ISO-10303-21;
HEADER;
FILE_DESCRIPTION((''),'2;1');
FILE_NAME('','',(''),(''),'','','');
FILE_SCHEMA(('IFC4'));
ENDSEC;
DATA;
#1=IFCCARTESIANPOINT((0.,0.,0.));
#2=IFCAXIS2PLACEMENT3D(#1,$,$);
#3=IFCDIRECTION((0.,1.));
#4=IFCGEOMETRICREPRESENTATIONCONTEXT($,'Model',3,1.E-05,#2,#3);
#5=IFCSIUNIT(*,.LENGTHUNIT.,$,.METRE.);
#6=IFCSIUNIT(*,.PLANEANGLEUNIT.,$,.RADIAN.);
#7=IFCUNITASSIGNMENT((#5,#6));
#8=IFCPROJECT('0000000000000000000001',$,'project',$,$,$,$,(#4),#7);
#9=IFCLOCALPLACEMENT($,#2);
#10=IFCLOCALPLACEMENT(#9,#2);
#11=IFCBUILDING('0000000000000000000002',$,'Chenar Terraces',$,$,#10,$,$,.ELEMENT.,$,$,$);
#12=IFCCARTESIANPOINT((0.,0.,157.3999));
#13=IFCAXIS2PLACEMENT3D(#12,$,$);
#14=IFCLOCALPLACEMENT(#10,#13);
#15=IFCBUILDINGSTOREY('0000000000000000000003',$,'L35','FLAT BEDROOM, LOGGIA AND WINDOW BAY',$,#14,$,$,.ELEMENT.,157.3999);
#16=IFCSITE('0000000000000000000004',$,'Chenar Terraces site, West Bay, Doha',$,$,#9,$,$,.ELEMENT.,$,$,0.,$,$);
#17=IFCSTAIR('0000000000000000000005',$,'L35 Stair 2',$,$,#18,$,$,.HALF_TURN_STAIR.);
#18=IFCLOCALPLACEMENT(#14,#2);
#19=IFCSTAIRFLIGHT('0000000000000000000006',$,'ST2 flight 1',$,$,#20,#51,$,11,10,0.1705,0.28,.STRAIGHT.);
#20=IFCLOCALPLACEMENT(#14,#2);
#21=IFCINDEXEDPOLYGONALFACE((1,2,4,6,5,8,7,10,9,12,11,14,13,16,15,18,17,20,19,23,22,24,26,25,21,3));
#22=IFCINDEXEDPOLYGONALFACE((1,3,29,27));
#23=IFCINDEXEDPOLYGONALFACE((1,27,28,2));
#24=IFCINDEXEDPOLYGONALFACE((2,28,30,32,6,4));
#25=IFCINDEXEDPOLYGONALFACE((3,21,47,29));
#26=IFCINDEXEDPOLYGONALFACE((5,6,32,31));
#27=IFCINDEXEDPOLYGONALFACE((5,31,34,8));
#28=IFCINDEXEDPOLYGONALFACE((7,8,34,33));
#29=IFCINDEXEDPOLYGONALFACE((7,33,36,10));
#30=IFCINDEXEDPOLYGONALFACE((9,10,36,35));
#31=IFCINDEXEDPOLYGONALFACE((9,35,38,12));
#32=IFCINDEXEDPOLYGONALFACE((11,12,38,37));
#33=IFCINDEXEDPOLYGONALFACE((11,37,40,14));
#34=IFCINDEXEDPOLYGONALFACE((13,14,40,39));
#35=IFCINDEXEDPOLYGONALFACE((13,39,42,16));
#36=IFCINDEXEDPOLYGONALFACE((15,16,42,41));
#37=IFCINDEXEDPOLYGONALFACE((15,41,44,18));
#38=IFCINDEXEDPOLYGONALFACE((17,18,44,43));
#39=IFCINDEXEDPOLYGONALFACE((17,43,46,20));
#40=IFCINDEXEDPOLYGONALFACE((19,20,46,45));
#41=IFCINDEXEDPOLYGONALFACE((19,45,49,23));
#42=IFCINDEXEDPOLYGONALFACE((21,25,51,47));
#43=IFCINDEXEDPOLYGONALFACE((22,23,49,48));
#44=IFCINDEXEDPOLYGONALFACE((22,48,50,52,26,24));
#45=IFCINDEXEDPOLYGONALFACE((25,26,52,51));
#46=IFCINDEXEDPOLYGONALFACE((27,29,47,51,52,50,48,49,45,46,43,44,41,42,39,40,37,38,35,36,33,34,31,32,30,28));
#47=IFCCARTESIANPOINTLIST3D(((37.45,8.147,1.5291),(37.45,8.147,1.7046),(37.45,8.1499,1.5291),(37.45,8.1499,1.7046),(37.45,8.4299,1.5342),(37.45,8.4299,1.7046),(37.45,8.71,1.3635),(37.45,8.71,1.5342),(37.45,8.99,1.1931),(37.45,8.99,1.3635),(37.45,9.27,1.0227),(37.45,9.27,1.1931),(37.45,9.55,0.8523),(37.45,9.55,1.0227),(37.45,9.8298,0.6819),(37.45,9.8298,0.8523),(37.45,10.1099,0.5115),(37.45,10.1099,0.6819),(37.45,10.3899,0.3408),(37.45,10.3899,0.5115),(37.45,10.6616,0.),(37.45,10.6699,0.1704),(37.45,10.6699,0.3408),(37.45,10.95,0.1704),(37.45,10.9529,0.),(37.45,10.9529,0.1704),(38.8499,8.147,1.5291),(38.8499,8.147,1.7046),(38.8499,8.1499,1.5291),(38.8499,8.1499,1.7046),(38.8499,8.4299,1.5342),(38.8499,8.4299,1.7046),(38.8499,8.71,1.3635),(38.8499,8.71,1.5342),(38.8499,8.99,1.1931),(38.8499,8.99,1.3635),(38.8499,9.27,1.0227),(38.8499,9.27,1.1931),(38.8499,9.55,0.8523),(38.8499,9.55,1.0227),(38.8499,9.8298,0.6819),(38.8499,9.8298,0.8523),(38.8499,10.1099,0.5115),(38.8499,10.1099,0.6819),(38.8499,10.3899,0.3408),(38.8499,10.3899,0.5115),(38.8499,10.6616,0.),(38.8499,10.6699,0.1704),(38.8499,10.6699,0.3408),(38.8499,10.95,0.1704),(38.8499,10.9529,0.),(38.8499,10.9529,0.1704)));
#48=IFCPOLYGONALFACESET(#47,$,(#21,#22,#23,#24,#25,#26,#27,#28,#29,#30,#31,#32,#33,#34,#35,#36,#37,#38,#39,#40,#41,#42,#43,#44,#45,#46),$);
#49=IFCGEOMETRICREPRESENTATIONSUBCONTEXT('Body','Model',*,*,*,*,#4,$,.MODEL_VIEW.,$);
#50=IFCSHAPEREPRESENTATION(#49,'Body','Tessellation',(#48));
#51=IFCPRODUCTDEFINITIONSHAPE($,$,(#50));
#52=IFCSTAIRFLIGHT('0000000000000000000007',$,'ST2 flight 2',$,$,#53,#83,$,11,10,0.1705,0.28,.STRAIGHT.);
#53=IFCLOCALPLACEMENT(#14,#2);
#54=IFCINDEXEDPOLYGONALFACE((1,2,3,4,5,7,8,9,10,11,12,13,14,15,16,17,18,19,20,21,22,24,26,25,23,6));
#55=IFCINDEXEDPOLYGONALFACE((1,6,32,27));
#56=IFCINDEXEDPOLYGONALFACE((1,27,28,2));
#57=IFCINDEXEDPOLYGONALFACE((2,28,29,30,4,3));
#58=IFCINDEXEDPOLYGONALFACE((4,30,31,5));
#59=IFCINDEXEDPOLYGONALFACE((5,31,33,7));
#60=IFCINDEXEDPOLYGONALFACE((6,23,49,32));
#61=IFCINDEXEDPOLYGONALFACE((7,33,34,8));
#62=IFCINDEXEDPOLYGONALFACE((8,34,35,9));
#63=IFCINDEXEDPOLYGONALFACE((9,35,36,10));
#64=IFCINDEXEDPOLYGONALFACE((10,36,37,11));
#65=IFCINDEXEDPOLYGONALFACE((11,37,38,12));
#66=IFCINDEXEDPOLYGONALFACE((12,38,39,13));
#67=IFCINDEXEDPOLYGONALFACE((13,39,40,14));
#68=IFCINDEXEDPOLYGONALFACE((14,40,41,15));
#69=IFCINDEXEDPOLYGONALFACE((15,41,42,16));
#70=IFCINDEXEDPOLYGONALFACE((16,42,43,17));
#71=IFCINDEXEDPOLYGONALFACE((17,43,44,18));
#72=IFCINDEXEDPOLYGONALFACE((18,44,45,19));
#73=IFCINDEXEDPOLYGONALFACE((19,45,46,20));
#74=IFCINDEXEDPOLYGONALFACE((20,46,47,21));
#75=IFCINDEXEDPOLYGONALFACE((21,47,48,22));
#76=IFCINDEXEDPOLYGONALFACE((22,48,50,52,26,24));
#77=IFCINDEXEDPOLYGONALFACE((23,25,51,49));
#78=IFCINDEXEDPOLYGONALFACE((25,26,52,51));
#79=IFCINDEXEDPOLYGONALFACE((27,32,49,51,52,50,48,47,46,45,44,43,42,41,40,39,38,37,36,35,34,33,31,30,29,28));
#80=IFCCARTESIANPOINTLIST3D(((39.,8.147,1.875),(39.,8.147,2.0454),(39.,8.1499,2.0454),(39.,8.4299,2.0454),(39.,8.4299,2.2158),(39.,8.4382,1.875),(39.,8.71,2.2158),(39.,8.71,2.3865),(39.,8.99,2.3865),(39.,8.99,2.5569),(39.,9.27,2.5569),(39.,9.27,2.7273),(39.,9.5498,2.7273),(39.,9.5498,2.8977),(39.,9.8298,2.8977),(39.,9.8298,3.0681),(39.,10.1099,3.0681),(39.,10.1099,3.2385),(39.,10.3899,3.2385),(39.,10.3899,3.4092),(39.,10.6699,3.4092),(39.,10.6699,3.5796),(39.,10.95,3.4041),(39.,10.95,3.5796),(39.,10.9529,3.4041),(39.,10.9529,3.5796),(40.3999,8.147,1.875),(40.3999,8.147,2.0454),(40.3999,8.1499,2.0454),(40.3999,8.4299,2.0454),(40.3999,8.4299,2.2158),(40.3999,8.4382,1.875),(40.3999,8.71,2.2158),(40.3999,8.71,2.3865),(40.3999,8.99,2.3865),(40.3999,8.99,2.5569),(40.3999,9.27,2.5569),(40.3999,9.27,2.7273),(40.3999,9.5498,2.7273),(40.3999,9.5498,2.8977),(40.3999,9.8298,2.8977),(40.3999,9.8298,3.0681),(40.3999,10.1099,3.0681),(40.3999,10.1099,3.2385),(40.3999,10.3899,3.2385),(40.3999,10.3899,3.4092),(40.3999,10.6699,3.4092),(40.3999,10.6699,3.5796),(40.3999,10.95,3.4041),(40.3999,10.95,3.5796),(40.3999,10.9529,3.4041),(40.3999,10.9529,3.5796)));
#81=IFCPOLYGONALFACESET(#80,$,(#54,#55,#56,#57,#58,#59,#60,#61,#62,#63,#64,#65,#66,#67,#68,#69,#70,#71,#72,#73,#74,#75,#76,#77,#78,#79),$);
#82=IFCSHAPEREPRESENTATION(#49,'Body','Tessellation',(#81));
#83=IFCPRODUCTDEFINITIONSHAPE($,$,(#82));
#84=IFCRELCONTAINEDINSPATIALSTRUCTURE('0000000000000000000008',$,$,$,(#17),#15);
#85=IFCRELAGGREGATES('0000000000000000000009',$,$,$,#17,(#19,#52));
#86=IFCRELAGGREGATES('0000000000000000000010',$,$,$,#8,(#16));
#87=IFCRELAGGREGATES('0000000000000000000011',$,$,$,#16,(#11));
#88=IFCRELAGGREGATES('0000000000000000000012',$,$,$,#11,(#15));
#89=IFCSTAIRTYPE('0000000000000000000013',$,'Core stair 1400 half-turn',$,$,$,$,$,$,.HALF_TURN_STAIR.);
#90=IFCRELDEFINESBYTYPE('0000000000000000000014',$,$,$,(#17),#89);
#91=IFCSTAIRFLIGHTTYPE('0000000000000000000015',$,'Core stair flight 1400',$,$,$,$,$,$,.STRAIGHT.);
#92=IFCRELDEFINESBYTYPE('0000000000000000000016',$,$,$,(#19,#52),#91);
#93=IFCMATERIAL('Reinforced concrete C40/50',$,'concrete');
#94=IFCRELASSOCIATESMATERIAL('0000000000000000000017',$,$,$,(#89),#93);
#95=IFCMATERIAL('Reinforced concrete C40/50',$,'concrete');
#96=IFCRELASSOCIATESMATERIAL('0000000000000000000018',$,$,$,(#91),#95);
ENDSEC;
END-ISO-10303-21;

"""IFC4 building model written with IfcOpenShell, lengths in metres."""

from ifc_helpers import new_model, si_unit, direction, frame, origin, place, context, subcontext, project, spatial, polyline, outline, extrude, material, type_object, element, aggregate, save


model = new_model("IFC4")

# Units and contexts
model_context = context("Model", 3, precision=1e-05, world=origin(), true_north=direction((0.0, 1.0)))
body_context = subcontext(model_context, "Body", "Model", "MODEL_VIEW")
ifc_project = project(units=[si_unit("LENGTHUNIT", "METRE"), si_unit("PLANEANGLEUNIT", "RADIAN")], contexts=[model_context])

# Site, building, storey
site_placement = place(None, origin())
site = spatial("IfcSite", under=ifc_project, at=site_placement, Name="Chenar Terraces site, West Bay, Doha", CompositionType="ELEMENT", RefElevation=0.0)
building_placement = place(site_placement, origin())
building = spatial("IfcBuilding", under=site, at=building_placement, Name="Chenar Terraces", CompositionType="ELEMENT")
storey_placement = place(building_placement, frame((0.0, 0.0, 157.3999)))
storey = spatial("IfcBuildingStorey", under=building, at=storey_placement, Name="L35", Description="FLAT BEDROOM, LOGGIA AND WINDOW BAY", CompositionType="ELEMENT", Elevation=157.3999)

# Stair, stair flights
ifc_material_1 = material(Name="Reinforced concrete C40/50", Category="concrete")
stair_type = type_object("IfcStairType", Name="Core stair 1400 half-turn", PredefinedType="HALF_TURN_STAIR", material=ifc_material_1)
stair_placement = place(storey_placement, origin())
stair = element("IfcStair", 1, at=stair_placement, inside=storey, type_object=stair_type, Name="L35 Stair 2", PredefinedType="HALF_TURN_STAIR")
ifc_material_2 = material(Name="Reinforced concrete C40/50", Category="concrete")
stair_flight_type = type_object("IfcStairFlightType", Name="Core stair flight 1400", PredefinedType="STRAIGHT", material=ifc_material_2)
stair_flight_1_placement = place(storey_placement, frame((38.1499, 10.95, 0.0), z_axis=(0.0, 0.0, 1.0), x_axis=(0.0, -1.0, 0.0)))
stair_flight_1 = element("IfcStairFlight", 2, at=stair_flight_1_placement, type_object=stair_flight_type, Name="ST2 flight 1", NumberOfRisers=11, NumberOfTreads=10, PredefinedType="STRAIGHT", RiserHeight=0.1705, TreadLength=0.28, context=body_context, shape_type="SweptSolid", body=[
    extrude(outline(polyline([(-0.0029, 0.0), (-0.0029, 0.1704), (0.0, 0.1704), (0.28, 0.1704), (0.28, 0.3408), (0.5601, 0.3408), (0.5601, 0.5115), (0.8401, 0.5115), (0.8401, 0.6819), (1.1201, 0.6819), (1.1201, 0.8523), (1.3999, 0.8523), (1.3999, 1.0227), (1.6799, 1.0227), (1.6799, 1.1931), (1.96, 1.1931), (1.96, 1.3635), (2.24, 1.3635), (2.24, 1.5342), (2.52, 1.5342), (2.52, 1.7046), (2.8, 1.7046), (2.803, 1.7046), (2.803, 1.5291), (2.8, 1.5291), (0.2883, 0.0), (-0.0029, 0.0)])), frame((0.0, 0.7, 0.0), z_axis=(0.0, -1.0, 0.0), x_axis=(1.0, 0.0, 0.0)), (0.0, 0.0, 1.0), 1.3999),
])
stair_flight_2_placement = place(storey_placement, frame((39.7, 8.1499, 1.875), z_axis=(0.0, 0.0, 1.0), x_axis=(0.0, 1.0, 0.0)))
stair_flight_2 = element("IfcStairFlight", 3, at=stair_flight_2_placement, type_object=stair_flight_type, Name="ST2 flight 2", NumberOfRisers=11, NumberOfTreads=10, PredefinedType="STRAIGHT", RiserHeight=0.1705, TreadLength=0.28, context=body_context, shape_type="SweptSolid", body=[
    extrude(outline(polyline([(-0.0029, 0.0), (-0.0029, 0.1704), (0.0, 0.1704), (0.28, 0.1704), (0.28, 0.3408), (0.5601, 0.3408), (0.5601, 0.5115), (0.8401, 0.5115), (0.8401, 0.6819), (1.1201, 0.6819), (1.1201, 0.8523), (1.3999, 0.8523), (1.3999, 1.0227), (1.6799, 1.0227), (1.6799, 1.1931), (1.96, 1.1931), (1.96, 1.3635), (2.24, 1.3635), (2.24, 1.5342), (2.52, 1.5342), (2.52, 1.7046), (2.8, 1.7046), (2.803, 1.7046), (2.803, 1.5291), (2.8, 1.5291), (0.2883, 0.0), (-0.0029, 0.0)])), frame((0.0, 0.7, 0.0), z_axis=(0.0, -1.0, 0.0), x_axis=(1.0, 0.0, 0.0)), (0.0, 0.0, 1.0), 1.3999),
])
aggregate(stair, [stair_flight_1, stair_flight_2])

save(model, "model.ifc")
